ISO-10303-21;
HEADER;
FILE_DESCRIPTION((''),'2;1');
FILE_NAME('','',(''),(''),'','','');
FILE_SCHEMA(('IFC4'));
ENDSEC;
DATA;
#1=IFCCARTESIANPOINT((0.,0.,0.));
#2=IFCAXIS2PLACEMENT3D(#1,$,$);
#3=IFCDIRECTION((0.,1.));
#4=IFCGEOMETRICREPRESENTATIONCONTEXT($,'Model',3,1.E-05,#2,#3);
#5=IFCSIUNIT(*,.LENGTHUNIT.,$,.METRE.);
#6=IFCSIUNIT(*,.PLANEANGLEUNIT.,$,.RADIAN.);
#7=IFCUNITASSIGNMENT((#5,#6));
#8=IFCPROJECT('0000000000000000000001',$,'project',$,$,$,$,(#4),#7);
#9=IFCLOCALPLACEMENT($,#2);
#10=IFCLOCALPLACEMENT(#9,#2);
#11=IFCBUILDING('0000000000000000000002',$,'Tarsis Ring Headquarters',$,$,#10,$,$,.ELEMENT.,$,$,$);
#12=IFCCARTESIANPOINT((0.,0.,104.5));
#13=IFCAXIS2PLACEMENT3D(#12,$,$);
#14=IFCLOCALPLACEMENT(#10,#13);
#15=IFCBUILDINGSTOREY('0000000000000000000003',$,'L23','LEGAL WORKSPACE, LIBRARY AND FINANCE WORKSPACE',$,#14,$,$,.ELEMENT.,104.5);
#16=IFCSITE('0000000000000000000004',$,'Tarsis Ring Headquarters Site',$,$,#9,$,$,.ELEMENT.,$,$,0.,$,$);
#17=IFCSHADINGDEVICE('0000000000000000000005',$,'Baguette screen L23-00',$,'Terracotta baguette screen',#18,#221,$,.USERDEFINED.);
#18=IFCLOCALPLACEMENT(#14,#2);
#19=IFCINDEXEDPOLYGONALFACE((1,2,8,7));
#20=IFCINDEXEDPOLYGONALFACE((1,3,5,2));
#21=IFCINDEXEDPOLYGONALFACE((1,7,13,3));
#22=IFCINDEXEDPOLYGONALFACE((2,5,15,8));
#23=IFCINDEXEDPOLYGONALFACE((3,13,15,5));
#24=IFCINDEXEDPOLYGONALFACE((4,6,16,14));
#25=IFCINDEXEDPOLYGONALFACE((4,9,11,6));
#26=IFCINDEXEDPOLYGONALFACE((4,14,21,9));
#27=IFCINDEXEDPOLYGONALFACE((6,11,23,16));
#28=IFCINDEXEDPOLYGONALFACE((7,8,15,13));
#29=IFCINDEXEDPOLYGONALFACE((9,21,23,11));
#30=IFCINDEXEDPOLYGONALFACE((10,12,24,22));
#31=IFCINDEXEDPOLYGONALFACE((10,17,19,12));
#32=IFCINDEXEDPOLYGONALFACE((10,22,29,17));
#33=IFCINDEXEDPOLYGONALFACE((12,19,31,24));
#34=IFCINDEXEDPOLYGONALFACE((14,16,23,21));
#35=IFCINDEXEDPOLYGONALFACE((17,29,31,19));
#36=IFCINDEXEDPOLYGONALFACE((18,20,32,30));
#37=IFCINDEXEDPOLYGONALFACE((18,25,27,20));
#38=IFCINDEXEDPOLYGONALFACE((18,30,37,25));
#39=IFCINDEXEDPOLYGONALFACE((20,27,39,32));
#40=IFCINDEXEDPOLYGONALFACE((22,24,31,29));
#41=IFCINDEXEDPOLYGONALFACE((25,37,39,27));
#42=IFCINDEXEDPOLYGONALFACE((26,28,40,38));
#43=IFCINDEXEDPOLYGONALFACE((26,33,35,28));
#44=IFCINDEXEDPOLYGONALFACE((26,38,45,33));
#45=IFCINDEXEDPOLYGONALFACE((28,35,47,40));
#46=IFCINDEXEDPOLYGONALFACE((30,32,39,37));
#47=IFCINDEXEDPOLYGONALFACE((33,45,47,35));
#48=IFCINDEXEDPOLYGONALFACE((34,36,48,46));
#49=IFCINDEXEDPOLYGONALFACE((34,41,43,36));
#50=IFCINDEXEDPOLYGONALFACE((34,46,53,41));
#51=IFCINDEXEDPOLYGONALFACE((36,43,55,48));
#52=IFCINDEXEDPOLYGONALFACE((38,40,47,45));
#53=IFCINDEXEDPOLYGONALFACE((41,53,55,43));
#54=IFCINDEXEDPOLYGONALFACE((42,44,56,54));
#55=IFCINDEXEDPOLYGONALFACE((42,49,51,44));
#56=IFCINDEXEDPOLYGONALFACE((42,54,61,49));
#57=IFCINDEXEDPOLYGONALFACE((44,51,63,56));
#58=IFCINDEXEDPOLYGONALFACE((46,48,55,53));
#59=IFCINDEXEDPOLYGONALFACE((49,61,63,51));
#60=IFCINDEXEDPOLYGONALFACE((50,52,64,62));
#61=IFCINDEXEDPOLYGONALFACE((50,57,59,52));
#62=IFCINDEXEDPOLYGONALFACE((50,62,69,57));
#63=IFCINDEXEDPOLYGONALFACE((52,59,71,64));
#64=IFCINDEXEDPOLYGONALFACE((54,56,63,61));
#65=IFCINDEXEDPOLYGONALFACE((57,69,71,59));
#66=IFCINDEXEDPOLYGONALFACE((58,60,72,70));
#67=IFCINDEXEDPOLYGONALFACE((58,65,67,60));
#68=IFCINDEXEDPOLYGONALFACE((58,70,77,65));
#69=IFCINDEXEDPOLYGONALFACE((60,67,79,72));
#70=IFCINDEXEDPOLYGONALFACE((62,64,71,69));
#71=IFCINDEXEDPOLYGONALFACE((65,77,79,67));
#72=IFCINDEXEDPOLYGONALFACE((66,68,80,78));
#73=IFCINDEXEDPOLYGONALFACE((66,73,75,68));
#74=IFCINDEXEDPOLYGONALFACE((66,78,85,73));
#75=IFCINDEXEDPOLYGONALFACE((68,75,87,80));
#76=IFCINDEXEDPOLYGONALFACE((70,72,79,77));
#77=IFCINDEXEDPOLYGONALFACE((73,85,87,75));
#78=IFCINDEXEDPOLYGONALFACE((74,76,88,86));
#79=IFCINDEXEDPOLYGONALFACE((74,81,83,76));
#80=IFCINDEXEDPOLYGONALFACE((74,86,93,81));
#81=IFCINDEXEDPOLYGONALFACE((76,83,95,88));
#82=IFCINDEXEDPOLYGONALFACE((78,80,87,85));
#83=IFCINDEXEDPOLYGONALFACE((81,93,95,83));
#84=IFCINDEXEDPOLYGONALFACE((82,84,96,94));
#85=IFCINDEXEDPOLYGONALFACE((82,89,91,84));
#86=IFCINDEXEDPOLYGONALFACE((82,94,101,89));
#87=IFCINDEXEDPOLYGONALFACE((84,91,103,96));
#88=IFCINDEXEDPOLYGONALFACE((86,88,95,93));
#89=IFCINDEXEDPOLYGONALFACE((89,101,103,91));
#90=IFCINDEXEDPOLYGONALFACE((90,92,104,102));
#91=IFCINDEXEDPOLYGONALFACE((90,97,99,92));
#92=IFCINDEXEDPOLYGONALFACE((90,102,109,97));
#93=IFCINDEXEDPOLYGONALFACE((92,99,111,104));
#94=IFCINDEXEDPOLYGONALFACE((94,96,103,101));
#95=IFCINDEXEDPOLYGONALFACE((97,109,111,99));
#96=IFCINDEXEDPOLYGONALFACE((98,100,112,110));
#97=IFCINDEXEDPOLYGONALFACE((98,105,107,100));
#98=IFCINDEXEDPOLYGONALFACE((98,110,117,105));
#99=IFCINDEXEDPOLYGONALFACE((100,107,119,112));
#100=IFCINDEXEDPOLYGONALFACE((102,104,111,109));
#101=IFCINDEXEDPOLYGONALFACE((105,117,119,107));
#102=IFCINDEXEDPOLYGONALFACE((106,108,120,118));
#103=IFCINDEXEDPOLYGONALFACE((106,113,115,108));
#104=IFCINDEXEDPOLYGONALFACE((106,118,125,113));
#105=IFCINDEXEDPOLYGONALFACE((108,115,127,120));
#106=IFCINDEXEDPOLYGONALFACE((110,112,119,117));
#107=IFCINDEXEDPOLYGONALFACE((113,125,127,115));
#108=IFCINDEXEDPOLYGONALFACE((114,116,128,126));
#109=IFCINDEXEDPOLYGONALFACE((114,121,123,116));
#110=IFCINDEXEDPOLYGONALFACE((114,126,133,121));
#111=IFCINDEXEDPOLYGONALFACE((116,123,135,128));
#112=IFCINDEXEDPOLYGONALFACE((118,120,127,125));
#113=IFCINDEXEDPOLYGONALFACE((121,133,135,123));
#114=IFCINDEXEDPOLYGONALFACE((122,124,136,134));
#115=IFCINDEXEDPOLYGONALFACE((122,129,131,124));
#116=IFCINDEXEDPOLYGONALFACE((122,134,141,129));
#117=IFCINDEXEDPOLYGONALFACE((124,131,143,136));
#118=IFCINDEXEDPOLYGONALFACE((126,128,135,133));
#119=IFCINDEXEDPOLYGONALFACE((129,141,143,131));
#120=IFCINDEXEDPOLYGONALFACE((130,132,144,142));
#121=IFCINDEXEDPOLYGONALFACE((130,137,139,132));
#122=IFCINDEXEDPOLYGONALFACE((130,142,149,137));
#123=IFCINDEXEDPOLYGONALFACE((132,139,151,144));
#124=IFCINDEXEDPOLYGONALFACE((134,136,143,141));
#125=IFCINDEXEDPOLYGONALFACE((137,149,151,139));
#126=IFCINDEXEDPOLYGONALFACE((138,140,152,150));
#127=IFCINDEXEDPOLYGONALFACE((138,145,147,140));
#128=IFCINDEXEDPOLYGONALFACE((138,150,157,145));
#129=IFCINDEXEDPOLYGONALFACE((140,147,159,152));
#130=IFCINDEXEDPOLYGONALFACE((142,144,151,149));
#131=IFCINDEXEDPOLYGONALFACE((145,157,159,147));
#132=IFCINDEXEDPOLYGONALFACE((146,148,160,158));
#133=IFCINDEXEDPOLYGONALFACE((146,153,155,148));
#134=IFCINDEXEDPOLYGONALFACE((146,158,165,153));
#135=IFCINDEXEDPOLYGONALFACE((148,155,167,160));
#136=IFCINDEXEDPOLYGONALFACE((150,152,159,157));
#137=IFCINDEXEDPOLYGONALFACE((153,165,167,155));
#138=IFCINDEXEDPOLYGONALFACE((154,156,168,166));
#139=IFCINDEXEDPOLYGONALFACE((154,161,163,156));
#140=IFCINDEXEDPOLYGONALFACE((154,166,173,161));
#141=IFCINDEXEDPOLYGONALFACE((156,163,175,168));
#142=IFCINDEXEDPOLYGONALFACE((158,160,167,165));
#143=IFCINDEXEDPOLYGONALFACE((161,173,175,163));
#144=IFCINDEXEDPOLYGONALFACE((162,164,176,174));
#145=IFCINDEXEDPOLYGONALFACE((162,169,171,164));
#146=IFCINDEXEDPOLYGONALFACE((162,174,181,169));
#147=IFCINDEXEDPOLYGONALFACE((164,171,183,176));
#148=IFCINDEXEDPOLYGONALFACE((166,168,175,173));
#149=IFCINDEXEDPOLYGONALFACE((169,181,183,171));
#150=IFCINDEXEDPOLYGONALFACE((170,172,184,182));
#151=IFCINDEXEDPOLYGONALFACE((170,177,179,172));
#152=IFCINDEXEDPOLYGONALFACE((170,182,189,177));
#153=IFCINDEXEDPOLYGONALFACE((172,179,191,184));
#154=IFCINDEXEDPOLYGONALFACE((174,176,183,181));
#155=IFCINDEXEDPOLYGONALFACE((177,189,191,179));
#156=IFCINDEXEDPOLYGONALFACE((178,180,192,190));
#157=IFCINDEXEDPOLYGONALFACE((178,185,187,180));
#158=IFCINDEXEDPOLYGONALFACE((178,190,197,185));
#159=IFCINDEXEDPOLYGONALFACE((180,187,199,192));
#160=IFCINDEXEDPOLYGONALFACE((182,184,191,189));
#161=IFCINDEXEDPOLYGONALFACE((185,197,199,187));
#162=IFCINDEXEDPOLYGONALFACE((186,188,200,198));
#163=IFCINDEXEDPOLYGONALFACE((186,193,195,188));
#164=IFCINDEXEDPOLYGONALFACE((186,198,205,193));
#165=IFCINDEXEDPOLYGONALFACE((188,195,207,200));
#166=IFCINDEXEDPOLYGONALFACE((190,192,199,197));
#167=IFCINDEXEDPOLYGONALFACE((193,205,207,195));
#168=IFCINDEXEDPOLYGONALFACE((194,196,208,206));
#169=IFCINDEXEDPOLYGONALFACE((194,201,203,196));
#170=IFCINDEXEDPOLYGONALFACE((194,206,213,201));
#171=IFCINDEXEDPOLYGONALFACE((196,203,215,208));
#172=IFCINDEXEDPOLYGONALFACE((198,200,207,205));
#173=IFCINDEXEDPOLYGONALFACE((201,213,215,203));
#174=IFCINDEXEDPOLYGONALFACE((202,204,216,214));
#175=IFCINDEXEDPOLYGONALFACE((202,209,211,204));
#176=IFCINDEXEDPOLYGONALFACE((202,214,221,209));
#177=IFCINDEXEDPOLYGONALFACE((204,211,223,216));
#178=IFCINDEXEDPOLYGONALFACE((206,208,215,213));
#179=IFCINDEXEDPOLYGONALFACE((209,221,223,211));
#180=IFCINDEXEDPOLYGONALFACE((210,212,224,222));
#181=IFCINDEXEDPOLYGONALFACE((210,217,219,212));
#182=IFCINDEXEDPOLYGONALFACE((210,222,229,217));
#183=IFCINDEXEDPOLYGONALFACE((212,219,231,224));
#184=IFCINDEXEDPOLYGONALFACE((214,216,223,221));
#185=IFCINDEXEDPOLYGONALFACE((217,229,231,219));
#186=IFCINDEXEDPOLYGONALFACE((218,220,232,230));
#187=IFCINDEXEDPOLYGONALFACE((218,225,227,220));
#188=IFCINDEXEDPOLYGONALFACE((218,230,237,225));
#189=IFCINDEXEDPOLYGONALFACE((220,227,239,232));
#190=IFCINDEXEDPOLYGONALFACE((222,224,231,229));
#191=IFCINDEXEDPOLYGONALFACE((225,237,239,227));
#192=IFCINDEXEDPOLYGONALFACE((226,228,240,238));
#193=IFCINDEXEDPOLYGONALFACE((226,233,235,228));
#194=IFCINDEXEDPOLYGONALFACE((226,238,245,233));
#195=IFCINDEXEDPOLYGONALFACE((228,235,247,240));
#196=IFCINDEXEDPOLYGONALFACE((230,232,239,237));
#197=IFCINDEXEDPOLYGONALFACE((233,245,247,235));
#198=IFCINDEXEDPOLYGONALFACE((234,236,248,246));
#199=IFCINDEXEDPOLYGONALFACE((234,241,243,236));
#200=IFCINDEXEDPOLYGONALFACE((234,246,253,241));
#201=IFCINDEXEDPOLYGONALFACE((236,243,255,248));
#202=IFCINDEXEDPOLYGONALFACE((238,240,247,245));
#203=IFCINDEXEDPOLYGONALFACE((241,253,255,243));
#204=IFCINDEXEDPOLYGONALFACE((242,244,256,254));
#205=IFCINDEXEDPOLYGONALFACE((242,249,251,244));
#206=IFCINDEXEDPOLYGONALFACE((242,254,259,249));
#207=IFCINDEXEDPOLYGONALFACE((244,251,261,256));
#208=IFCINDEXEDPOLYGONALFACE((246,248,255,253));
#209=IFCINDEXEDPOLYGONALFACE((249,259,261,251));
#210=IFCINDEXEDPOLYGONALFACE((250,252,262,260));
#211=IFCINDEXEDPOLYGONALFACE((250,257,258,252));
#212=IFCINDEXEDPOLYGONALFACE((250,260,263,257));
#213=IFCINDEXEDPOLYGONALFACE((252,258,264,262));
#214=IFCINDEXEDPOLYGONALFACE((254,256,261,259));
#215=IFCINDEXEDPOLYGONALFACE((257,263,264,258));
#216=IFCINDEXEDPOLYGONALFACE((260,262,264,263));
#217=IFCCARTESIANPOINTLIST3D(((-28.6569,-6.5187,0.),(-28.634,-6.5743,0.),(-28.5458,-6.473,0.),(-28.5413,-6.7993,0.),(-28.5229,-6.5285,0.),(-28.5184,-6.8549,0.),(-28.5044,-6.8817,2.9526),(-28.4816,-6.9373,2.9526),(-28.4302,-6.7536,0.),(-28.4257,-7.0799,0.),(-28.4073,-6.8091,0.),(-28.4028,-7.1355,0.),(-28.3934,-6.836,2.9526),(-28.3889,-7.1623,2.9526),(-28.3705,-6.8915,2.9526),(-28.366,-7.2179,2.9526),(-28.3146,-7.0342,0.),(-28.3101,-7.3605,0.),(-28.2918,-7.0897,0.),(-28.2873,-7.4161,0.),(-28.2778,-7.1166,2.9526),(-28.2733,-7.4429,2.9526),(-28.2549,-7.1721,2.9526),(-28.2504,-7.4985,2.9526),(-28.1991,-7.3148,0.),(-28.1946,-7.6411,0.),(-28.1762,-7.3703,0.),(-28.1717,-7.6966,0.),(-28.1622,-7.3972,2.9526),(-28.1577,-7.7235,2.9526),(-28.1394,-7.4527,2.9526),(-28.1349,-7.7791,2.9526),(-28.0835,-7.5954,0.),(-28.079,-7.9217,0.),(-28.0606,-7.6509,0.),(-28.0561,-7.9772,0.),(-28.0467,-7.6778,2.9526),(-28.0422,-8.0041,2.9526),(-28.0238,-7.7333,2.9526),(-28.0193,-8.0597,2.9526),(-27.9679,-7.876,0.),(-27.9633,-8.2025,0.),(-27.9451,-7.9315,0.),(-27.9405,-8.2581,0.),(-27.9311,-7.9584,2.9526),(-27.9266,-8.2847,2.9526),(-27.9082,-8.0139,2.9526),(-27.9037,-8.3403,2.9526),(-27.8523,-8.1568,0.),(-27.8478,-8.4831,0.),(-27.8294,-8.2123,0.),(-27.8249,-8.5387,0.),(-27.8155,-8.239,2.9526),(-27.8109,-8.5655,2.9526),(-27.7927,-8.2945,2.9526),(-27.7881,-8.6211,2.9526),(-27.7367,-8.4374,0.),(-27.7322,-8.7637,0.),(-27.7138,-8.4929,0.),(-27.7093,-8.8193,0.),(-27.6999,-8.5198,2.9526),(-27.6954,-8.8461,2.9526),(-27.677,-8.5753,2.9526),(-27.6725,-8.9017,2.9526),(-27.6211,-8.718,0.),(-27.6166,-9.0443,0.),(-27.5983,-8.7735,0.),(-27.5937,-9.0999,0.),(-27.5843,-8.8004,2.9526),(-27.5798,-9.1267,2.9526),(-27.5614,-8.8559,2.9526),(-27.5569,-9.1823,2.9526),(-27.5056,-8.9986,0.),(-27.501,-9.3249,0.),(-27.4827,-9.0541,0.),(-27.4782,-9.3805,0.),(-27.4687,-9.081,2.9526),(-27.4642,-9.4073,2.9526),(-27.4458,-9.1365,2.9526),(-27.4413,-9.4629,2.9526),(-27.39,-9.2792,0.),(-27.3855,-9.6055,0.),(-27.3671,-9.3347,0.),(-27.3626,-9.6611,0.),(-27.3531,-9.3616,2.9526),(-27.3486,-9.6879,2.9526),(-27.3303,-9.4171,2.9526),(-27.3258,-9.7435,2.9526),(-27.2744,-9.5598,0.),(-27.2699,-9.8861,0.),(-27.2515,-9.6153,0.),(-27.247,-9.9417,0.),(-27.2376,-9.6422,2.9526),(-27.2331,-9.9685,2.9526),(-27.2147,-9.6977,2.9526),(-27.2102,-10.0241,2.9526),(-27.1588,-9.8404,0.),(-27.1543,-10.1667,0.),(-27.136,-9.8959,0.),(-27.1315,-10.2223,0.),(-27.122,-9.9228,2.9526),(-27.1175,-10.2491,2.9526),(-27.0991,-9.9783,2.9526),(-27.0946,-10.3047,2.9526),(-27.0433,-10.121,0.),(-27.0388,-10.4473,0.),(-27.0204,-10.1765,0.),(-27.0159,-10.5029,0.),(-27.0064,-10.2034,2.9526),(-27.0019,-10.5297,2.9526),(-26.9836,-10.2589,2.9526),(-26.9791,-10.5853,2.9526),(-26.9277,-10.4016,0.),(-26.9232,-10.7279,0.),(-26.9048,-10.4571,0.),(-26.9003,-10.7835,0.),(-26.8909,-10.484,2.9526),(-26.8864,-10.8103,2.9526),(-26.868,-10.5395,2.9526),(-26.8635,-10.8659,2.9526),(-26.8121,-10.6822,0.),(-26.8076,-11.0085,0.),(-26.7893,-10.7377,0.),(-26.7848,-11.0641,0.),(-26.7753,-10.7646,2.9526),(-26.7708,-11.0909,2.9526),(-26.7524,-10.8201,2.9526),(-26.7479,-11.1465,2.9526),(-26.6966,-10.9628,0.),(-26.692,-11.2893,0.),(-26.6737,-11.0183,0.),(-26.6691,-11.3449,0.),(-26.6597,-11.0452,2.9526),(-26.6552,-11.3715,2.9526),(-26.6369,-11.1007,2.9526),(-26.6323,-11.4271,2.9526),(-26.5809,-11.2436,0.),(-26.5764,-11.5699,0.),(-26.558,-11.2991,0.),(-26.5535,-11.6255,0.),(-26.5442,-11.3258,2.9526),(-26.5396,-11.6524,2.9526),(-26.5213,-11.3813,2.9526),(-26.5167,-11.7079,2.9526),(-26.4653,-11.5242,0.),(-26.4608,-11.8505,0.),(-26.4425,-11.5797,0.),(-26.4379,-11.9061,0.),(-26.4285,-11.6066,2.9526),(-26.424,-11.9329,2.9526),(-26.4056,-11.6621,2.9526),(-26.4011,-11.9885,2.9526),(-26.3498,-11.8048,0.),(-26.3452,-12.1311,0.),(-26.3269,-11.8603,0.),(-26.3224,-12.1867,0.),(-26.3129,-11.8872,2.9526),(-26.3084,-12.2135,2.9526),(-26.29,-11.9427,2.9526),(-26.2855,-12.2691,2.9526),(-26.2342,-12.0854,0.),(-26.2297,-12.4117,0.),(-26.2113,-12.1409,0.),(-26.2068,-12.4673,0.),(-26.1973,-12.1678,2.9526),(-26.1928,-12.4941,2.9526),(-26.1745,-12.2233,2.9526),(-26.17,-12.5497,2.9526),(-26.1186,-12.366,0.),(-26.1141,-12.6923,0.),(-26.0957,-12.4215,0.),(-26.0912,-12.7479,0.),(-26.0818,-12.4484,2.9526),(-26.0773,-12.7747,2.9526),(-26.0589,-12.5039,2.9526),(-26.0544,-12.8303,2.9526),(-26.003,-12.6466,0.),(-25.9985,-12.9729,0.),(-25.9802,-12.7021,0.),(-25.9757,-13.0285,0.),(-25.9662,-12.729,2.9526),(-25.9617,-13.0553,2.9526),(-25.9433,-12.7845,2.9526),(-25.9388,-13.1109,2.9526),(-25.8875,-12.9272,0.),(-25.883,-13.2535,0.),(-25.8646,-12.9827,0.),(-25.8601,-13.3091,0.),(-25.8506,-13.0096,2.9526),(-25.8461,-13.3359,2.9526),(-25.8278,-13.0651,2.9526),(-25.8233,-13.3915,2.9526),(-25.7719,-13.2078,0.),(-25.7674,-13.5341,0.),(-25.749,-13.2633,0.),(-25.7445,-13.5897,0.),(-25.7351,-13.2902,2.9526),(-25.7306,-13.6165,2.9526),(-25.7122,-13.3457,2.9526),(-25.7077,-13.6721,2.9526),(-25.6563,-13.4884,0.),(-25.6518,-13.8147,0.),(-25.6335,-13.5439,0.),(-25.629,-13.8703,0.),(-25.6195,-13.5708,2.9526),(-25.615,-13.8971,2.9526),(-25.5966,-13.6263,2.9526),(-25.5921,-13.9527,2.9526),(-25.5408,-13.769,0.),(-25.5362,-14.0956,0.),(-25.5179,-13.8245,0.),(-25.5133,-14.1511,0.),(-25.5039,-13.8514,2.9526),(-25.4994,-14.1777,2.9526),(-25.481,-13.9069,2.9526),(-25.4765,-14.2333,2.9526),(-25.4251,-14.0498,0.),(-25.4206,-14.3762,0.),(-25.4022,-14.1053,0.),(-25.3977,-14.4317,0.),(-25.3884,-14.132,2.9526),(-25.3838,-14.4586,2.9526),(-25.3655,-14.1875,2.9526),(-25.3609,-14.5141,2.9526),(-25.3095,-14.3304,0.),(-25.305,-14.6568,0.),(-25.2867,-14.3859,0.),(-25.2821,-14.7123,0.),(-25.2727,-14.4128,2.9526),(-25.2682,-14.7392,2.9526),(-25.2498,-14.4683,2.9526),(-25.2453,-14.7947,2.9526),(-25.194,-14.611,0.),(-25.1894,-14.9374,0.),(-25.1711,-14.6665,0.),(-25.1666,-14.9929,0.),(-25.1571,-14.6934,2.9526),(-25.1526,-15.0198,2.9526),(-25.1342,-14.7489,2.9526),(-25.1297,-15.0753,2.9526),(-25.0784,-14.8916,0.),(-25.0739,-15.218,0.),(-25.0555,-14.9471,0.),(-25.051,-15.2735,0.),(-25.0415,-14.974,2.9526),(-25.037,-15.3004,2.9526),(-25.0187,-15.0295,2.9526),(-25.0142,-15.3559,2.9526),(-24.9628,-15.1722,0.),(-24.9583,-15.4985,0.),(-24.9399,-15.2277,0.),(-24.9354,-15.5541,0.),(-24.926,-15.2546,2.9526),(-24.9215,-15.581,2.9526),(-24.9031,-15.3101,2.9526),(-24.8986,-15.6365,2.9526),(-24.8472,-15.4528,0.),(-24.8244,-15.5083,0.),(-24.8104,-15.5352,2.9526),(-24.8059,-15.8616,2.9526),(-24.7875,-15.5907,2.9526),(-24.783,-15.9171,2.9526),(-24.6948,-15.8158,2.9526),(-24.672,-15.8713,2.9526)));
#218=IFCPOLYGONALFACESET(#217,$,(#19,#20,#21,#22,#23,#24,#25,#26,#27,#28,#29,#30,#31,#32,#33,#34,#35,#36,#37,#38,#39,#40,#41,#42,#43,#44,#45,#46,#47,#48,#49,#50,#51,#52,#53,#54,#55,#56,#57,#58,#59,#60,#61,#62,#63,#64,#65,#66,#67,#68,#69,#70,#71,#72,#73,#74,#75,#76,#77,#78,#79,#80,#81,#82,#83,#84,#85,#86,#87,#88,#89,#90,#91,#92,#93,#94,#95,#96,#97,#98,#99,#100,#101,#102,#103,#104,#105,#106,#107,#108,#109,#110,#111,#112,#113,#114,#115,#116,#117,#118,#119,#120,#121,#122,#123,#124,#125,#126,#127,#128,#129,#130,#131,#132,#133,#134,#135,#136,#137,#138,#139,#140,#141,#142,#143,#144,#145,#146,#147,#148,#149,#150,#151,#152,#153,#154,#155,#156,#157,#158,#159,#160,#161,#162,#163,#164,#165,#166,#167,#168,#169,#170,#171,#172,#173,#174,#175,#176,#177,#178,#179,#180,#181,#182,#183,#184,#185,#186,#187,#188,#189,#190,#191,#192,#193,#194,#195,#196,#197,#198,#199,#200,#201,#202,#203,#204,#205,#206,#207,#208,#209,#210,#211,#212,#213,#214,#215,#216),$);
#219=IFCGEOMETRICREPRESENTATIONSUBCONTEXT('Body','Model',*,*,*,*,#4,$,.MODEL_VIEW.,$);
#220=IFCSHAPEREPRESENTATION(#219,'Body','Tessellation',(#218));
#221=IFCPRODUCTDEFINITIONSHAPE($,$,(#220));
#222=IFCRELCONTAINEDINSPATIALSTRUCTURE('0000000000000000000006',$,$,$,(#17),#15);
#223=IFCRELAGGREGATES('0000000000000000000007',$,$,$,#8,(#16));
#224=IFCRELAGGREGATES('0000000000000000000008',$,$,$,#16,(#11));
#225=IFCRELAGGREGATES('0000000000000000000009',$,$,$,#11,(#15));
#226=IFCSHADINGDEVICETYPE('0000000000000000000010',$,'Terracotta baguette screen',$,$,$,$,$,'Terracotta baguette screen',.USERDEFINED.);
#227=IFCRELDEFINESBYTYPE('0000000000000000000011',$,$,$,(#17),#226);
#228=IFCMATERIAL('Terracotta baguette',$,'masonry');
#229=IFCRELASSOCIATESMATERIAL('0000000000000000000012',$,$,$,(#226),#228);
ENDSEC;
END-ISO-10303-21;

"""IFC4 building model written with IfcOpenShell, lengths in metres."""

from ifc_helpers import new_model, si_unit, direction, frame, frame_2d, origin, place, context, subcontext, project, spatial, rectangle, composite_profile, extrude, material, type_object, element, save


model = new_model("IFC4")

# Units and contexts
model_context = context("Model", 3, precision=1e-05, world=origin(), true_north=direction((0.0, 1.0)))
body_context = subcontext(model_context, "Body", "Model", "MODEL_VIEW")
ifc_project = project(units=[si_unit("LENGTHUNIT", "METRE"), si_unit("PLANEANGLEUNIT", "RADIAN")], contexts=[model_context])

# Site, building, storey
site_placement = place(None, origin())
site = spatial("IfcSite", under=ifc_project, at=site_placement, Name="Tarsis Ring Headquarters Site", CompositionType="ELEMENT", RefElevation=0.0)
building_placement = place(site_placement, origin())
building = spatial("IfcBuilding", under=site, at=building_placement, Name="Tarsis Ring Headquarters", CompositionType="ELEMENT")
storey_placement = place(building_placement, frame((0.0, 0.0, 104.5)))
storey = spatial("IfcBuildingStorey", under=building, at=storey_placement, Name="L23", Description="LEGAL WORKSPACE, LIBRARY AND FINANCE WORKSPACE", CompositionType="ELEMENT", Elevation=104.5)

# Shading device
ifc_material_1 = material(Name="Terracotta baguette", Category="masonry")
shading_device_type = type_object("IfcShadingDeviceType", Name="Terracotta baguette screen", ElementType="Terracotta baguette screen", PredefinedType="USERDEFINED", material=ifc_material_1)
shading_device_placement = place(storey_placement, frame((-28.6013, -6.4958, 0.0), z_axis=(0.0, 0.0, 1.0), x_axis=(0.380837, -0.924647, 0.0)))
element("IfcShadingDevice", 1, at=shading_device_placement, inside=storey, type_object=shading_device_type, Name="Baguette screen L23-00", ObjectType="Terracotta baguette screen", PredefinedType="USERDEFINED", context=body_context, shape_type="SweptSolid", body=[
    extrude(composite_profile([rectangle(XDim=0.0601, YDim=0.1201, at=frame_2d((0.03, 0.0))), rectangle(XDim=0.0601, YDim=0.1201, at=frame_2d((0.3335, 0.0))), rectangle(XDim=0.0601, YDim=0.1201, at=frame_2d((0.637, 0.0))), rectangle(XDim=0.0601, YDim=0.1201, at=frame_2d((0.9404, 0.0))), rectangle(XDim=0.0601, YDim=0.1201, at=frame_2d((1.2439, 0.0))), rectangle(XDim=0.0601, YDim=0.1201, at=frame_2d((1.5474, 0.0))), rectangle(XDim=0.0601, YDim=0.1201, at=frame_2d((1.8511, 0.0))), rectangle(XDim=0.0601, YDim=0.1201, at=frame_2d((2.1545, 0.0))), rectangle(XDim=0.0601, YDim=0.1201, at=frame_2d((2.458, 0.0))), rectangle(XDim=0.0601, YDim=0.1201, at=frame_2d((2.7615, 0.0))), rectangle(XDim=0.0601, YDim=0.1201, at=frame_2d((3.0649, 0.0))), rectangle(XDim=0.0601, YDim=0.1201, at=frame_2d((3.3684, 0.0))), rectangle(XDim=0.0601, YDim=0.1201, at=frame_2d((3.6719, 0.0))), rectangle(XDim=0.0601, YDim=0.1201, at=frame_2d((3.9753, 0.0))), rectangle(XDim=0.0601, YDim=0.1201, at=frame_2d((4.2788, 0.0))), rectangle(XDim=0.0601, YDim=0.1201, at=frame_2d((4.5823, 0.0))), rectangle(XDim=0.0601, YDim=0.1201, at=frame_2d((4.8857, 0.0))), rectangle(XDim=0.0601, YDim=0.1201, at=frame_2d((5.1895, 0.0))), rectangle(XDim=0.0601, YDim=0.1201, at=frame_2d((5.4929, 0.0))), rectangle(XDim=0.0601, YDim=0.1201, at=frame_2d((5.7964, 0.0))), rectangle(XDim=0.0601, YDim=0.1201, at=frame_2d((6.0999, 0.0))), rectangle(XDim=0.0601, YDim=0.1201, at=frame_2d((6.4033, 0.0))), rectangle(XDim=0.0601, YDim=0.1201, at=frame_2d((6.7068, 0.0))), rectangle(XDim=0.0601, YDim=0.1201, at=frame_2d((7.0103, 0.0))), rectangle(XDim=0.0601, YDim=0.1201, at=frame_2d((7.3137, 0.0))), rectangle(XDim=0.0601, YDim=0.1201, at=frame_2d((7.6172, 0.0))), rectangle(XDim=0.0601, YDim=0.1201, at=frame_2d((7.9207, 0.0))), rectangle(XDim=0.0601, YDim=0.1201, at=frame_2d((8.2244, 0.0))), rectangle(XDim=0.0601, YDim=0.1201, at=frame_2d((8.5278, 0.0))), rectangle(XDim=0.0601, YDim=0.1201, at=frame_2d((8.8313, 0.0))), rectangle(XDim=0.0601, YDim=0.1201, at=frame_2d((9.1348, 0.0))), rectangle(XDim=0.0601, YDim=0.1201, at=frame_2d((9.4382, 0.0))), rectangle(XDim=0.0601, YDim=0.1201, at=frame_2d((9.7417, 0.0)))]), origin(), (0.132166, 0.000899, 0.991227), 2.9788),
])

save(model, "model.ifc")
